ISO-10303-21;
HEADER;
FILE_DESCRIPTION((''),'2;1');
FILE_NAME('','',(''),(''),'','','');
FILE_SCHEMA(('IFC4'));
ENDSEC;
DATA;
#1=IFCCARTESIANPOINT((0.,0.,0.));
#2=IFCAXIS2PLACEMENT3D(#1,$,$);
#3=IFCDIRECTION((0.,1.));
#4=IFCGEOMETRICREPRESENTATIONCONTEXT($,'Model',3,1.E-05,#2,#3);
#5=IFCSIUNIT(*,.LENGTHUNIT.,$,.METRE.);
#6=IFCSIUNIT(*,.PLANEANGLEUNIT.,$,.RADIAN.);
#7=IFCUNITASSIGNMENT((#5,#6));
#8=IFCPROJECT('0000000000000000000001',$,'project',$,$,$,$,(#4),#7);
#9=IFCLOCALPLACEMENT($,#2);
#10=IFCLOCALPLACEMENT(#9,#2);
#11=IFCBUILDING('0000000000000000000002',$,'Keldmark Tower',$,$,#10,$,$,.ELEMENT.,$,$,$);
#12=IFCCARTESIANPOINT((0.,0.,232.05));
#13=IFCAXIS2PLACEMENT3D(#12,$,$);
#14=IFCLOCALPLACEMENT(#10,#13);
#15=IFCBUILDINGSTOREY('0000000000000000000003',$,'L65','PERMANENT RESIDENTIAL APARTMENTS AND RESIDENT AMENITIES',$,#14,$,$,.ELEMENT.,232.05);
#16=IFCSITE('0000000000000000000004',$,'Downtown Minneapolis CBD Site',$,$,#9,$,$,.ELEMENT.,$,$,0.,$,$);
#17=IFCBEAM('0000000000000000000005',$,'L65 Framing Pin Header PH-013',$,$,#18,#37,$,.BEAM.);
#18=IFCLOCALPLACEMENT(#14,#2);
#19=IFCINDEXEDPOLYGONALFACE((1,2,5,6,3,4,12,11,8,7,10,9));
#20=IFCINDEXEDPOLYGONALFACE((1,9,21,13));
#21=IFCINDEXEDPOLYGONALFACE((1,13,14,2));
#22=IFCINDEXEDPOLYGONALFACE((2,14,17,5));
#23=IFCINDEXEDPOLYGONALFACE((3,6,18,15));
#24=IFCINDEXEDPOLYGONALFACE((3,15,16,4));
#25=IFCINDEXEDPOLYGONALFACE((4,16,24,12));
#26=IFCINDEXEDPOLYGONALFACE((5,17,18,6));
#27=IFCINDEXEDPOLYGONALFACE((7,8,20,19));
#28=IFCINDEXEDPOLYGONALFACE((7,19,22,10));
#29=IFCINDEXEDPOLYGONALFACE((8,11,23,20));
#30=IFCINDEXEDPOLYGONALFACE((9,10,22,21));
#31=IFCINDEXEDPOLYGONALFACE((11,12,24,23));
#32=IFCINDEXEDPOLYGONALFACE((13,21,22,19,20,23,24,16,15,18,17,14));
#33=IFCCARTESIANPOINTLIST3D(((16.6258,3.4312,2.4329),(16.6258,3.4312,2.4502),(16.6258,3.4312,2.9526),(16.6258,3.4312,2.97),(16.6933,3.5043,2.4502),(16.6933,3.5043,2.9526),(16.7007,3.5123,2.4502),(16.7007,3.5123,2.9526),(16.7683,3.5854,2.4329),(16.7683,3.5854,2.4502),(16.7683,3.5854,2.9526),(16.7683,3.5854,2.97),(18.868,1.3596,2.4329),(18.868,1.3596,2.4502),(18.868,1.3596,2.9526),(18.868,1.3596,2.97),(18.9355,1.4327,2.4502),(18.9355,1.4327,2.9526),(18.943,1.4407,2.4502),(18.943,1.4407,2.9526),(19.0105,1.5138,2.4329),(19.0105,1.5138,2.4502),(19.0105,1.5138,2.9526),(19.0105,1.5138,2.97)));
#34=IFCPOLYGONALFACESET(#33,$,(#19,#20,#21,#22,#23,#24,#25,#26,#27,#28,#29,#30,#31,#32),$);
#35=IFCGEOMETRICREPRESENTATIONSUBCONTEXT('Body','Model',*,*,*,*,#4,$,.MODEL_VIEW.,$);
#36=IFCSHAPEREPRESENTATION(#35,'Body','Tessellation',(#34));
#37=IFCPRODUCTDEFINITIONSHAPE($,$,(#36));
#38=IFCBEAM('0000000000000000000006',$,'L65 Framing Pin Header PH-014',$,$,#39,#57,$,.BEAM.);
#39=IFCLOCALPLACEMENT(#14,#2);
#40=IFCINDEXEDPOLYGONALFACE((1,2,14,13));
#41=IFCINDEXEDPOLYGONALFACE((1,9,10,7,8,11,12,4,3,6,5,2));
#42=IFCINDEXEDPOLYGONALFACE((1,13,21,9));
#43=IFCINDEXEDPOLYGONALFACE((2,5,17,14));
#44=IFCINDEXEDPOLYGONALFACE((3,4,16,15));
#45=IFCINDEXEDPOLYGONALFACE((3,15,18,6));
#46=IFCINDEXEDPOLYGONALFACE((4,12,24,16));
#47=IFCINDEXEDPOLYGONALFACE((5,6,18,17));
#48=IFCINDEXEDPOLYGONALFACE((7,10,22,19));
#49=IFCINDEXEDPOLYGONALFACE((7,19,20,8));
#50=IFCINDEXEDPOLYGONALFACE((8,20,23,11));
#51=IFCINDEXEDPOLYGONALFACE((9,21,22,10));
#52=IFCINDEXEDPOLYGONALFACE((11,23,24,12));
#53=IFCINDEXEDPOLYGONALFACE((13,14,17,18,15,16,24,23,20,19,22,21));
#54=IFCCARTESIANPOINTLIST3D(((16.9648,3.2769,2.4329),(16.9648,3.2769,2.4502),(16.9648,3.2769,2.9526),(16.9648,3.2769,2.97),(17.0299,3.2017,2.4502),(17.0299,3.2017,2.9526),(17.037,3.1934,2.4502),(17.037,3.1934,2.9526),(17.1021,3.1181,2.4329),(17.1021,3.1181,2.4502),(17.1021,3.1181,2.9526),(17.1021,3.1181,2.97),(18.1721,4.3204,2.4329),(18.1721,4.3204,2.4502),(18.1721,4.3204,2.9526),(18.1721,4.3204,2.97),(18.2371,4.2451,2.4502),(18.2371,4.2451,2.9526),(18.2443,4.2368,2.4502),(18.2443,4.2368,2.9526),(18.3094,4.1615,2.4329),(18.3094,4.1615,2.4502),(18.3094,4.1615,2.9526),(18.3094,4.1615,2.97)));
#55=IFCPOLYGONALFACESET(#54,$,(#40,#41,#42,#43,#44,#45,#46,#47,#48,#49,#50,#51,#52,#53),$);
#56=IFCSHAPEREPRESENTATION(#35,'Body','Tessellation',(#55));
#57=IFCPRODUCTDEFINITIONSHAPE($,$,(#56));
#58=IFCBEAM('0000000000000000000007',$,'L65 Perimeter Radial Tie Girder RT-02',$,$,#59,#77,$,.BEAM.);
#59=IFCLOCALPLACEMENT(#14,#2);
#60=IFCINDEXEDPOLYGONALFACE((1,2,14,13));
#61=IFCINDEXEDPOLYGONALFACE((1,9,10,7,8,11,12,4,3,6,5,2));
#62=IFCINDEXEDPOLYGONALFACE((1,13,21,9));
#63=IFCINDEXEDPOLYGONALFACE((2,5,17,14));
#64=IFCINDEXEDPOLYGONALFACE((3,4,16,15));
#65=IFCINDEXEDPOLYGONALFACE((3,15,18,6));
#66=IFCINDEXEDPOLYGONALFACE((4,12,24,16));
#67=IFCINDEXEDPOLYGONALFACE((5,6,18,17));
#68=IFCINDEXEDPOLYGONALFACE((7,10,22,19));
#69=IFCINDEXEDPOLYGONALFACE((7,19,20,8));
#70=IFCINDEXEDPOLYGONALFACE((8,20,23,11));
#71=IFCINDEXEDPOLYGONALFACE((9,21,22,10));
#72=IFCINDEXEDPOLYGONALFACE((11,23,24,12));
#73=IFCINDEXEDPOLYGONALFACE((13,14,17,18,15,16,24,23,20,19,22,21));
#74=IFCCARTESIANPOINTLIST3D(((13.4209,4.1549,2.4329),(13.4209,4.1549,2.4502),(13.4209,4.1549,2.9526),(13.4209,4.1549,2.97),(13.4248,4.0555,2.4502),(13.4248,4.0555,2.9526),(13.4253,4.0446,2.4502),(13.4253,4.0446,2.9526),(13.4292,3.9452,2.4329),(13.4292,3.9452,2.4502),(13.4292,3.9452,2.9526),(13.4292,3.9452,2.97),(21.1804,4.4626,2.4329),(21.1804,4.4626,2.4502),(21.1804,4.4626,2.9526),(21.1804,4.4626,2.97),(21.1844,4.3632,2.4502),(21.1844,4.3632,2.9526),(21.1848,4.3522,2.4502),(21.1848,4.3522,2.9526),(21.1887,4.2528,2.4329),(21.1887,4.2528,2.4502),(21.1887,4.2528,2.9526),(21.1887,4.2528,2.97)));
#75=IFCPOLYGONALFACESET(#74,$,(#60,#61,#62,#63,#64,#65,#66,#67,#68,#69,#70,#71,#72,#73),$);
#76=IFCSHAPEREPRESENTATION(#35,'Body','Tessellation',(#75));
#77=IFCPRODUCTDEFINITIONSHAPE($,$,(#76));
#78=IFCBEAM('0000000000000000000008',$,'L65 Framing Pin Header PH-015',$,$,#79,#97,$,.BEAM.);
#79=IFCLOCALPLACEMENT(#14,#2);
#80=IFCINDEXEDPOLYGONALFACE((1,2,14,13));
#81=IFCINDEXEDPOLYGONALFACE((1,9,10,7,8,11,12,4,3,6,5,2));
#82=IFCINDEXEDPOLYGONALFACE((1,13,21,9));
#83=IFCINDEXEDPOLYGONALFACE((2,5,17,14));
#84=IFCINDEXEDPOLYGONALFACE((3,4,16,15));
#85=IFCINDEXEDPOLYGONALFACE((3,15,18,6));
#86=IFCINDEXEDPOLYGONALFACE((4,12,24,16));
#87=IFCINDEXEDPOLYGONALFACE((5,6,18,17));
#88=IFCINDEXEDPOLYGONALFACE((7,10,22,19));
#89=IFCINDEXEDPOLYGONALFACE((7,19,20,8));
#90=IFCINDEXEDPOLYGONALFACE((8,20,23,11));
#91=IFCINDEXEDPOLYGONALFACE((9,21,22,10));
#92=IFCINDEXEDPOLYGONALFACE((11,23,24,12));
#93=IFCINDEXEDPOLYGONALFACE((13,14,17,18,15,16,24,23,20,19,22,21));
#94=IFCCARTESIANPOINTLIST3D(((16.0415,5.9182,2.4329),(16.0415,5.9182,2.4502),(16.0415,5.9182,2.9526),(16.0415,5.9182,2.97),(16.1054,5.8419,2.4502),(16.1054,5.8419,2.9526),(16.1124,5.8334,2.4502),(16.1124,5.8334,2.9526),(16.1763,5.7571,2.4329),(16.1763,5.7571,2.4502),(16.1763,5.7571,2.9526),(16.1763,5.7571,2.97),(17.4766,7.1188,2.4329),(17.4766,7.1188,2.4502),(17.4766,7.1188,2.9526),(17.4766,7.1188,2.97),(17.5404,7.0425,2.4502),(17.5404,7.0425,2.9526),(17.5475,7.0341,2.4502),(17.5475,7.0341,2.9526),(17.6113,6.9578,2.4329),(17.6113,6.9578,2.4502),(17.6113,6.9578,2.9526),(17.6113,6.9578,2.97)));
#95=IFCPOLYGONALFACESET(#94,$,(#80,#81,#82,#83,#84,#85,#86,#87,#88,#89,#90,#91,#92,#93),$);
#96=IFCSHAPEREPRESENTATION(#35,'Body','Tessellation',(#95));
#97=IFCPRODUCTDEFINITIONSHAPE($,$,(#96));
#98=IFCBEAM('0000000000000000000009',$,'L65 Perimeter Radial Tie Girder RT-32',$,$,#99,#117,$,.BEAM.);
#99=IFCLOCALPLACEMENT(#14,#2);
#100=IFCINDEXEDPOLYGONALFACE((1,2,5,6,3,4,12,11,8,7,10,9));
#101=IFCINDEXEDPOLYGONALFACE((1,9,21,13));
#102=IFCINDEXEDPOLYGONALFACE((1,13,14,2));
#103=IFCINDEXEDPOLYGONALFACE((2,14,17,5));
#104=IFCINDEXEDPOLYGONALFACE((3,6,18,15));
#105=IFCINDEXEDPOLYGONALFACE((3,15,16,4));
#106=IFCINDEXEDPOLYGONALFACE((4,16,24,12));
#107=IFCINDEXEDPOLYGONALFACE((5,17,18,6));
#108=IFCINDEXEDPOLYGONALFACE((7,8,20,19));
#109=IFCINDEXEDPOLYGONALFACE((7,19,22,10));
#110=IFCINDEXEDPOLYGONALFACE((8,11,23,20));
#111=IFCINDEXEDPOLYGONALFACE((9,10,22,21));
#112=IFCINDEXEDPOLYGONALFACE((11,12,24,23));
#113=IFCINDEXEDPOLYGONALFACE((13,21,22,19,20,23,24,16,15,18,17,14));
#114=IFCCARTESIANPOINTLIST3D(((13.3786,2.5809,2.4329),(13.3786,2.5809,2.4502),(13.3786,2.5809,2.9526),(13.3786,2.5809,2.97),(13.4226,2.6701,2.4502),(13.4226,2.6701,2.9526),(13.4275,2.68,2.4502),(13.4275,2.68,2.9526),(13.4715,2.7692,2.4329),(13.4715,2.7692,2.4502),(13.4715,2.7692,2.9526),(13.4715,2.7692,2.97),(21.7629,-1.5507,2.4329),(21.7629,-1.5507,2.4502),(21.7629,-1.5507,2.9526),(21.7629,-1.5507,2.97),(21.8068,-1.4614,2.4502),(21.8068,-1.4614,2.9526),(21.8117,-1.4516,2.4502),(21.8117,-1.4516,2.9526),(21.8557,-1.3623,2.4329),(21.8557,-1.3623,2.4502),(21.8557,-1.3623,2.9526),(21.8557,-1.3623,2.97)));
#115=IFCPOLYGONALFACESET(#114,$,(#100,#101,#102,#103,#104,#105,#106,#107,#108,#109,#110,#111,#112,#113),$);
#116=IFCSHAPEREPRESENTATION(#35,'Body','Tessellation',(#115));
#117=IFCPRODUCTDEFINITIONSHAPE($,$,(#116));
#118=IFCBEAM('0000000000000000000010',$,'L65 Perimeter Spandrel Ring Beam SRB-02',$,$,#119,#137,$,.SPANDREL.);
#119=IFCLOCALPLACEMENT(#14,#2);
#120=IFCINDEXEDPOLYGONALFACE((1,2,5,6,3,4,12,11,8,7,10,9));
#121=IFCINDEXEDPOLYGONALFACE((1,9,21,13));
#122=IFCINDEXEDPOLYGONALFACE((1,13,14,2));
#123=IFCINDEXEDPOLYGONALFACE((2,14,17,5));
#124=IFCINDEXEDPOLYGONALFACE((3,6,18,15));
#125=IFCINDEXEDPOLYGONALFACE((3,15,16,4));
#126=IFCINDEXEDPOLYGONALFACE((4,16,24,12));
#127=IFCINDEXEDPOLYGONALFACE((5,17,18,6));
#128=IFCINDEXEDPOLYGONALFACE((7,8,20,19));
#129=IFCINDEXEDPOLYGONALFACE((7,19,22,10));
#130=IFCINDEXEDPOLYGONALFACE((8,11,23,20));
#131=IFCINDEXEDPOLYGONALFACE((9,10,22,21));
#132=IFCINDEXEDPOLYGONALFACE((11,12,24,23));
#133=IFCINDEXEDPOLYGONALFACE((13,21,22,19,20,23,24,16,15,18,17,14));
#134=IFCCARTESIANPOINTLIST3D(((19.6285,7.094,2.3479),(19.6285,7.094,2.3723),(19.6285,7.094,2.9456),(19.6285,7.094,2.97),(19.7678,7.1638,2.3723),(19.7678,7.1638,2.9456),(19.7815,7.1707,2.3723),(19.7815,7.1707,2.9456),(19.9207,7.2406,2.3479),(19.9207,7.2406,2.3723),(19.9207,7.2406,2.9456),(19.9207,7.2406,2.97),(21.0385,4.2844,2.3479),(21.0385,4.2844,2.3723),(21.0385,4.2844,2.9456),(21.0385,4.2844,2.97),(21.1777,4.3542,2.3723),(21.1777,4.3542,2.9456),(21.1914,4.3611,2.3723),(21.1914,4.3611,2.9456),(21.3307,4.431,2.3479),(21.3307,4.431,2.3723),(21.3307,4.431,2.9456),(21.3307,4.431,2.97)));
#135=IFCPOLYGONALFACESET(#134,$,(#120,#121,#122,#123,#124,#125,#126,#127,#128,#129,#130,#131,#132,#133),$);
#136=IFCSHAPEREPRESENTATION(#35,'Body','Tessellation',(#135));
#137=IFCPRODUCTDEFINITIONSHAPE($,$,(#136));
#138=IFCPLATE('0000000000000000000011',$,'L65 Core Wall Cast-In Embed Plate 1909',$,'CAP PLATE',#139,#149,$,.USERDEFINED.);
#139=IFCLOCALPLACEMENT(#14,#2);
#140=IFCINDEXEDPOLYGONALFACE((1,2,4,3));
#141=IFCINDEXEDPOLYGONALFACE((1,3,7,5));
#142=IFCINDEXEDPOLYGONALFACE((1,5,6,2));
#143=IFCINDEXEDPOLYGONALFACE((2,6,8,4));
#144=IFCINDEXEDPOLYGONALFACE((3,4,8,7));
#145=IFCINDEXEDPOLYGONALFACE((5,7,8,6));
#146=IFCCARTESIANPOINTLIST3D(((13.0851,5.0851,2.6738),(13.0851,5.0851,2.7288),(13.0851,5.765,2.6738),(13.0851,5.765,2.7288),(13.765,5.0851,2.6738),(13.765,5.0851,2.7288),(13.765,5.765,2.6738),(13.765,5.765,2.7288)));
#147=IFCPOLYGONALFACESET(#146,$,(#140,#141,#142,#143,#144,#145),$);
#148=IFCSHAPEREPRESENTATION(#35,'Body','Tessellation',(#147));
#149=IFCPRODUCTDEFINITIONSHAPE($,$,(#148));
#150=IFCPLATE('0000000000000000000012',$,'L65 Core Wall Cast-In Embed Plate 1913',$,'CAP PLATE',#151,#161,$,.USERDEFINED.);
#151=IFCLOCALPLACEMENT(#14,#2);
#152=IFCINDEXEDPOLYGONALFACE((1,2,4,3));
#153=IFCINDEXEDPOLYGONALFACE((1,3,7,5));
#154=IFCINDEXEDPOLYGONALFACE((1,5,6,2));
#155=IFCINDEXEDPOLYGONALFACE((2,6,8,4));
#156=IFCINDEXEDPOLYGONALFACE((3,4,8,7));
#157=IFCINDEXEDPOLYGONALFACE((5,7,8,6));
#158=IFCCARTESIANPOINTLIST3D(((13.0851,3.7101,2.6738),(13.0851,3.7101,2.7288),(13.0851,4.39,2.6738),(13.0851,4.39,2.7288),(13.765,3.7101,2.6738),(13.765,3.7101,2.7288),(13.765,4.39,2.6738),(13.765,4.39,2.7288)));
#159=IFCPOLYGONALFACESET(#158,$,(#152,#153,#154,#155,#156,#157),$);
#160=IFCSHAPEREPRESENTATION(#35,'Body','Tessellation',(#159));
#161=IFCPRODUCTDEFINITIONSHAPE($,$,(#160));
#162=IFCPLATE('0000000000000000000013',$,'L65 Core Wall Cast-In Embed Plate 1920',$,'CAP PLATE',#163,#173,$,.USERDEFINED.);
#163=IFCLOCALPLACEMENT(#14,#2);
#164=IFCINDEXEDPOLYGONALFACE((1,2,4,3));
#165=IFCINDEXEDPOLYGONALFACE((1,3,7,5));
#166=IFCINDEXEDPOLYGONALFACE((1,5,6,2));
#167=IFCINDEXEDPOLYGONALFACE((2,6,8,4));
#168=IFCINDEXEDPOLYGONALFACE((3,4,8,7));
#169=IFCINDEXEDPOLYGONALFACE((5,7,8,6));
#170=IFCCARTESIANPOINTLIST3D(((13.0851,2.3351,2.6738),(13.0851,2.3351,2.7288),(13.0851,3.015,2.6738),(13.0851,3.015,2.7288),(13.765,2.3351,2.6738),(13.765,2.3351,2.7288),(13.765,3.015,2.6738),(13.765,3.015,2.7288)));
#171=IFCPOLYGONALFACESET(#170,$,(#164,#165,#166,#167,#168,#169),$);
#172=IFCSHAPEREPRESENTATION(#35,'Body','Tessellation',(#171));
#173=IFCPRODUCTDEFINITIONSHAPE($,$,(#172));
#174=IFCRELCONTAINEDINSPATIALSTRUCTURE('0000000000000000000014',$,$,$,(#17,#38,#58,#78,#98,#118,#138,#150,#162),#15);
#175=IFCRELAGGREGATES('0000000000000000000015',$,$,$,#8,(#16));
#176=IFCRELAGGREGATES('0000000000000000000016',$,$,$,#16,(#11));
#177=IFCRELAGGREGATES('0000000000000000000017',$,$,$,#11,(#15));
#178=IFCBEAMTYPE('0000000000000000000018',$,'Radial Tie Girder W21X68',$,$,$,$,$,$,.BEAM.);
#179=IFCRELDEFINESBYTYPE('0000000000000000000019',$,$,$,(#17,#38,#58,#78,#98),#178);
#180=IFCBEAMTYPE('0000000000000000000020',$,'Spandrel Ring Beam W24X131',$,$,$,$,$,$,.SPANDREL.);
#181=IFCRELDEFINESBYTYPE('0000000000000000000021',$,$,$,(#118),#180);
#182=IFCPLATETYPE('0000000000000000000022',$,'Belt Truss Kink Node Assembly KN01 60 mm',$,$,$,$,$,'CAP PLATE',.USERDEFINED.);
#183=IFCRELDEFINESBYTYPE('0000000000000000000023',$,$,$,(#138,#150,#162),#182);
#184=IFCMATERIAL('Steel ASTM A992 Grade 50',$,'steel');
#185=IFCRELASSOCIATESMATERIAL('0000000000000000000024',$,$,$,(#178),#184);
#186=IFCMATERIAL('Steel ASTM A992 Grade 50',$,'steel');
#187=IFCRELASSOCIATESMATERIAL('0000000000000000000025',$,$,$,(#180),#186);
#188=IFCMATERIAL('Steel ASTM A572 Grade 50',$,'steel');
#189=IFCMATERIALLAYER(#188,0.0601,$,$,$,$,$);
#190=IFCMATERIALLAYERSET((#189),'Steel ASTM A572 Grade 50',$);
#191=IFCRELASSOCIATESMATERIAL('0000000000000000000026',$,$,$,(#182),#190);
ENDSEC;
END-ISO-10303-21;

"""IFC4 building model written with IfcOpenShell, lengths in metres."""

from ifc_helpers import new_model, si_unit, direction, frame, origin, origin_2d, place, context, subcontext, project, spatial, rectangle, i_section, extrude, material, layer, layer_set, material_profile, profile_set, type_object, element, save


model = new_model("IFC4")

# Units and contexts
model_context = context("Model", 3, precision=1e-05, world=origin(), true_north=direction((0.0, 1.0)))
body_context = subcontext(model_context, "Body", "Model", "MODEL_VIEW")
ifc_project = project(units=[si_unit("LENGTHUNIT", "METRE"), si_unit("PLANEANGLEUNIT", "RADIAN")], contexts=[model_context])

# Site, building, storey
site_placement = place(None, origin())
site = spatial("IfcSite", under=ifc_project, at=site_placement, Name="Downtown Minneapolis CBD Site", CompositionType="ELEMENT", RefElevation=0.0)
building_placement = place(site_placement, origin())
building = spatial("IfcBuilding", under=site, at=building_placement, Name="Keldmark Tower", CompositionType="ELEMENT")
storey_placement = place(building_placement, frame((0.0, 0.0, 232.05)))
storey = spatial("IfcBuildingStorey", under=building, at=storey_placement, Name="L65", Description="PERMANENT RESIDENTIAL APARTMENTS AND RESIDENT AMENITIES", CompositionType="ELEMENT", Elevation=232.05)

# Beams
ifc_material_1 = material(Name="Steel ASTM A992 Grade 50", Category="steel")
ifc_material_profile_1 = material_profile(ifc_material_1, i_section(OverallWidth=0.21, OverallDepth=0.5371, WebThickness=0.011, FlangeThickness=0.0173, at=origin_2d()), Name="W21X68")
ifc_profile_set_1 = profile_set([ifc_material_profile_1], Name="Steel ASTM A992 Grade 50")
beam_type_1 = type_object("IfcBeamType", Name="Radial Tie Girder W21X68", PredefinedType="BEAM", material=ifc_profile_set_1)
beam_1_placement = place(storey_placement, frame((16.697, 3.5083, 2.7014), z_axis=(0.734506, -0.678602, 0.0), x_axis=(0.678602, 0.734506, 0.0)))
element("IfcBeam", 1, at=beam_1_placement, inside=storey, type_object=beam_type_1, Name="L65 Framing Pin Header PH-013", PredefinedType="BEAM", context=body_context, shape_type="SweptSolid", body=[
    extrude(i_section(OverallWidth=0.21, OverallDepth=0.5371, WebThickness=0.011, FlangeThickness=0.0173, at=origin_2d()), origin(), (0.0, 0.0, 1.0), 3.0527),
])
beam_2_placement = place(storey_placement, frame((17.0334, 3.1975, 2.7014), z_axis=(0.756572, 0.653911, 0.0), x_axis=(-0.653911, 0.756572, 0.0)))
element("IfcBeam", 2, at=beam_2_placement, inside=storey, type_object=beam_type_1, Name="L65 Framing Pin Header PH-014", PredefinedType="BEAM", context=body_context, shape_type="SweptSolid", body=[
    extrude(i_section(OverallWidth=0.21, OverallDepth=0.5371, WebThickness=0.011, FlangeThickness=0.0173, at=origin_2d()), origin(), (0.0, 0.0, 1.0), 1.5957),
])
beam_3_placement = place(storey_placement, frame((13.425, 4.05, 2.7014), z_axis=(0.999215, 0.039613, 0.0), x_axis=(-0.039613, 0.999215, 0.0)))
element("IfcBeam", 3, at=beam_3_placement, inside=storey, type_object=beam_type_1, Name="L65 Perimeter Radial Tie Girder RT-02", PredefinedType="BEAM", context=body_context, shape_type="SweptSolid", body=[
    extrude(i_section(OverallWidth=0.21, OverallDepth=0.5371, WebThickness=0.011, FlangeThickness=0.0173, at=origin_2d()), origin(), (0.0, 0.0, 1.0), 7.7656),
])
beam_4_placement = place(storey_placement, frame((16.1089, 5.8376, 2.7014), z_axis=(0.766958, 0.641698, 0.0), x_axis=(-0.641698, 0.766958, 0.0)))
element("IfcBeam", 4, at=beam_4_placement, inside=storey, type_object=beam_type_1, Name="L65 Framing Pin Header PH-015", PredefinedType="BEAM", context=body_context, shape_type="SweptSolid", body=[
    extrude(i_section(OverallWidth=0.21, OverallDepth=0.5371, WebThickness=0.011, FlangeThickness=0.0173, at=origin_2d()), origin(), (0.0, 0.0, 1.0), 1.8711),
])
beam_5_placement = place(storey_placement, frame((13.425, 2.675, 2.7014), z_axis=(0.897003, -0.442024, 0.0), x_axis=(0.442024, 0.897003, 0.0)))
element("IfcBeam", 5, at=beam_5_placement, inside=storey, type_object=beam_type_1, Name="L65 Perimeter Radial Tie Girder RT-32", PredefinedType="BEAM", context=body_context, shape_type="SweptSolid", body=[
    extrude(i_section(OverallWidth=0.21, OverallDepth=0.5371, WebThickness=0.011, FlangeThickness=0.0173, at=origin_2d()), origin(), (0.0, 0.0, 1.0), 9.3469),
])
ifc_material_2 = material(Name="Steel ASTM A992 Grade 50", Category="steel")
ifc_material_profile_2 = material_profile(ifc_material_2, i_section(OverallWidth=0.3269, OverallDepth=0.6221, WebThickness=0.0154, FlangeThickness=0.0244, at=origin_2d()), Name="W24X131")
ifc_profile_set_2 = profile_set([ifc_material_profile_2], Name="Steel ASTM A992 Grade 50")
beam_type_2 = type_object("IfcBeamType", Name="Spandrel Ring Beam W24X131", PredefinedType="SPANDREL", material=ifc_profile_set_2)
beam_6_placement = place(storey_placement, frame((21.1846, 4.3577, 2.6589), z_axis=(-0.448518, 0.893774, 0.0), x_axis=(-0.893774, -0.448518, 0.0)))
element("IfcBeam", 6, at=beam_6_placement, inside=storey, type_object=beam_type_2, Name="L65 Perimeter Spandrel Ring Beam SRB-02", PredefinedType="SPANDREL", context=body_context, shape_type="SweptSolid", body=[
    extrude(i_section(OverallWidth=0.3269, OverallDepth=0.6221, WebThickness=0.0154, FlangeThickness=0.0244, at=origin_2d()), origin(), (0.0, 0.0, 1.0), 3.1436),
])

# Plates
ifc_material_3 = material(Name="Steel ASTM A572 Grade 50", Category="steel")
ifc_layer_1 = layer(ifc_material_3, 0.0601)
ifc_layer_set_1 = layer_set([ifc_layer_1], Name="Steel ASTM A572 Grade 50")
plate_type = type_object("IfcPlateType", Name="Belt Truss Kink Node Assembly KN01 60 mm", ElementType="CAP PLATE", PredefinedType="USERDEFINED", material=ifc_layer_set_1)
for number, where, z_axis, x_axis, name in (
    (7, (13.425, 5.425, 2.6738), (0.0, 0.0, 1.0), (1.0, 0.0, 0.0), "L65 Core Wall Cast-In Embed Plate 1909"),
    (8, (13.425, 4.05, 2.6738), (0.0, 0.0, 1.0), (1.0, 0.0, 0.0), "L65 Core Wall Cast-In Embed Plate 1913"),
    (9, (13.425, 2.675, 2.6738), (0.0, 0.0, 1.0), (1.0, 0.0, 0.0), "L65 Core Wall Cast-In Embed Plate 1920"),
):
    element("IfcPlate", number, at=place(storey_placement, frame(where, z_axis=z_axis, x_axis=x_axis)), inside=storey, type_object=plate_type, Name=name, ObjectType="CAP PLATE", PredefinedType="USERDEFINED", context=body_context, shape_type="SweptSolid", body=[
        extrude(rectangle(XDim=0.6799, YDim=0.6799, at=origin_2d()), origin(), (0.0, 0.0, 1.0), 0.0549),
    ])

save(model, "model.ifc")
